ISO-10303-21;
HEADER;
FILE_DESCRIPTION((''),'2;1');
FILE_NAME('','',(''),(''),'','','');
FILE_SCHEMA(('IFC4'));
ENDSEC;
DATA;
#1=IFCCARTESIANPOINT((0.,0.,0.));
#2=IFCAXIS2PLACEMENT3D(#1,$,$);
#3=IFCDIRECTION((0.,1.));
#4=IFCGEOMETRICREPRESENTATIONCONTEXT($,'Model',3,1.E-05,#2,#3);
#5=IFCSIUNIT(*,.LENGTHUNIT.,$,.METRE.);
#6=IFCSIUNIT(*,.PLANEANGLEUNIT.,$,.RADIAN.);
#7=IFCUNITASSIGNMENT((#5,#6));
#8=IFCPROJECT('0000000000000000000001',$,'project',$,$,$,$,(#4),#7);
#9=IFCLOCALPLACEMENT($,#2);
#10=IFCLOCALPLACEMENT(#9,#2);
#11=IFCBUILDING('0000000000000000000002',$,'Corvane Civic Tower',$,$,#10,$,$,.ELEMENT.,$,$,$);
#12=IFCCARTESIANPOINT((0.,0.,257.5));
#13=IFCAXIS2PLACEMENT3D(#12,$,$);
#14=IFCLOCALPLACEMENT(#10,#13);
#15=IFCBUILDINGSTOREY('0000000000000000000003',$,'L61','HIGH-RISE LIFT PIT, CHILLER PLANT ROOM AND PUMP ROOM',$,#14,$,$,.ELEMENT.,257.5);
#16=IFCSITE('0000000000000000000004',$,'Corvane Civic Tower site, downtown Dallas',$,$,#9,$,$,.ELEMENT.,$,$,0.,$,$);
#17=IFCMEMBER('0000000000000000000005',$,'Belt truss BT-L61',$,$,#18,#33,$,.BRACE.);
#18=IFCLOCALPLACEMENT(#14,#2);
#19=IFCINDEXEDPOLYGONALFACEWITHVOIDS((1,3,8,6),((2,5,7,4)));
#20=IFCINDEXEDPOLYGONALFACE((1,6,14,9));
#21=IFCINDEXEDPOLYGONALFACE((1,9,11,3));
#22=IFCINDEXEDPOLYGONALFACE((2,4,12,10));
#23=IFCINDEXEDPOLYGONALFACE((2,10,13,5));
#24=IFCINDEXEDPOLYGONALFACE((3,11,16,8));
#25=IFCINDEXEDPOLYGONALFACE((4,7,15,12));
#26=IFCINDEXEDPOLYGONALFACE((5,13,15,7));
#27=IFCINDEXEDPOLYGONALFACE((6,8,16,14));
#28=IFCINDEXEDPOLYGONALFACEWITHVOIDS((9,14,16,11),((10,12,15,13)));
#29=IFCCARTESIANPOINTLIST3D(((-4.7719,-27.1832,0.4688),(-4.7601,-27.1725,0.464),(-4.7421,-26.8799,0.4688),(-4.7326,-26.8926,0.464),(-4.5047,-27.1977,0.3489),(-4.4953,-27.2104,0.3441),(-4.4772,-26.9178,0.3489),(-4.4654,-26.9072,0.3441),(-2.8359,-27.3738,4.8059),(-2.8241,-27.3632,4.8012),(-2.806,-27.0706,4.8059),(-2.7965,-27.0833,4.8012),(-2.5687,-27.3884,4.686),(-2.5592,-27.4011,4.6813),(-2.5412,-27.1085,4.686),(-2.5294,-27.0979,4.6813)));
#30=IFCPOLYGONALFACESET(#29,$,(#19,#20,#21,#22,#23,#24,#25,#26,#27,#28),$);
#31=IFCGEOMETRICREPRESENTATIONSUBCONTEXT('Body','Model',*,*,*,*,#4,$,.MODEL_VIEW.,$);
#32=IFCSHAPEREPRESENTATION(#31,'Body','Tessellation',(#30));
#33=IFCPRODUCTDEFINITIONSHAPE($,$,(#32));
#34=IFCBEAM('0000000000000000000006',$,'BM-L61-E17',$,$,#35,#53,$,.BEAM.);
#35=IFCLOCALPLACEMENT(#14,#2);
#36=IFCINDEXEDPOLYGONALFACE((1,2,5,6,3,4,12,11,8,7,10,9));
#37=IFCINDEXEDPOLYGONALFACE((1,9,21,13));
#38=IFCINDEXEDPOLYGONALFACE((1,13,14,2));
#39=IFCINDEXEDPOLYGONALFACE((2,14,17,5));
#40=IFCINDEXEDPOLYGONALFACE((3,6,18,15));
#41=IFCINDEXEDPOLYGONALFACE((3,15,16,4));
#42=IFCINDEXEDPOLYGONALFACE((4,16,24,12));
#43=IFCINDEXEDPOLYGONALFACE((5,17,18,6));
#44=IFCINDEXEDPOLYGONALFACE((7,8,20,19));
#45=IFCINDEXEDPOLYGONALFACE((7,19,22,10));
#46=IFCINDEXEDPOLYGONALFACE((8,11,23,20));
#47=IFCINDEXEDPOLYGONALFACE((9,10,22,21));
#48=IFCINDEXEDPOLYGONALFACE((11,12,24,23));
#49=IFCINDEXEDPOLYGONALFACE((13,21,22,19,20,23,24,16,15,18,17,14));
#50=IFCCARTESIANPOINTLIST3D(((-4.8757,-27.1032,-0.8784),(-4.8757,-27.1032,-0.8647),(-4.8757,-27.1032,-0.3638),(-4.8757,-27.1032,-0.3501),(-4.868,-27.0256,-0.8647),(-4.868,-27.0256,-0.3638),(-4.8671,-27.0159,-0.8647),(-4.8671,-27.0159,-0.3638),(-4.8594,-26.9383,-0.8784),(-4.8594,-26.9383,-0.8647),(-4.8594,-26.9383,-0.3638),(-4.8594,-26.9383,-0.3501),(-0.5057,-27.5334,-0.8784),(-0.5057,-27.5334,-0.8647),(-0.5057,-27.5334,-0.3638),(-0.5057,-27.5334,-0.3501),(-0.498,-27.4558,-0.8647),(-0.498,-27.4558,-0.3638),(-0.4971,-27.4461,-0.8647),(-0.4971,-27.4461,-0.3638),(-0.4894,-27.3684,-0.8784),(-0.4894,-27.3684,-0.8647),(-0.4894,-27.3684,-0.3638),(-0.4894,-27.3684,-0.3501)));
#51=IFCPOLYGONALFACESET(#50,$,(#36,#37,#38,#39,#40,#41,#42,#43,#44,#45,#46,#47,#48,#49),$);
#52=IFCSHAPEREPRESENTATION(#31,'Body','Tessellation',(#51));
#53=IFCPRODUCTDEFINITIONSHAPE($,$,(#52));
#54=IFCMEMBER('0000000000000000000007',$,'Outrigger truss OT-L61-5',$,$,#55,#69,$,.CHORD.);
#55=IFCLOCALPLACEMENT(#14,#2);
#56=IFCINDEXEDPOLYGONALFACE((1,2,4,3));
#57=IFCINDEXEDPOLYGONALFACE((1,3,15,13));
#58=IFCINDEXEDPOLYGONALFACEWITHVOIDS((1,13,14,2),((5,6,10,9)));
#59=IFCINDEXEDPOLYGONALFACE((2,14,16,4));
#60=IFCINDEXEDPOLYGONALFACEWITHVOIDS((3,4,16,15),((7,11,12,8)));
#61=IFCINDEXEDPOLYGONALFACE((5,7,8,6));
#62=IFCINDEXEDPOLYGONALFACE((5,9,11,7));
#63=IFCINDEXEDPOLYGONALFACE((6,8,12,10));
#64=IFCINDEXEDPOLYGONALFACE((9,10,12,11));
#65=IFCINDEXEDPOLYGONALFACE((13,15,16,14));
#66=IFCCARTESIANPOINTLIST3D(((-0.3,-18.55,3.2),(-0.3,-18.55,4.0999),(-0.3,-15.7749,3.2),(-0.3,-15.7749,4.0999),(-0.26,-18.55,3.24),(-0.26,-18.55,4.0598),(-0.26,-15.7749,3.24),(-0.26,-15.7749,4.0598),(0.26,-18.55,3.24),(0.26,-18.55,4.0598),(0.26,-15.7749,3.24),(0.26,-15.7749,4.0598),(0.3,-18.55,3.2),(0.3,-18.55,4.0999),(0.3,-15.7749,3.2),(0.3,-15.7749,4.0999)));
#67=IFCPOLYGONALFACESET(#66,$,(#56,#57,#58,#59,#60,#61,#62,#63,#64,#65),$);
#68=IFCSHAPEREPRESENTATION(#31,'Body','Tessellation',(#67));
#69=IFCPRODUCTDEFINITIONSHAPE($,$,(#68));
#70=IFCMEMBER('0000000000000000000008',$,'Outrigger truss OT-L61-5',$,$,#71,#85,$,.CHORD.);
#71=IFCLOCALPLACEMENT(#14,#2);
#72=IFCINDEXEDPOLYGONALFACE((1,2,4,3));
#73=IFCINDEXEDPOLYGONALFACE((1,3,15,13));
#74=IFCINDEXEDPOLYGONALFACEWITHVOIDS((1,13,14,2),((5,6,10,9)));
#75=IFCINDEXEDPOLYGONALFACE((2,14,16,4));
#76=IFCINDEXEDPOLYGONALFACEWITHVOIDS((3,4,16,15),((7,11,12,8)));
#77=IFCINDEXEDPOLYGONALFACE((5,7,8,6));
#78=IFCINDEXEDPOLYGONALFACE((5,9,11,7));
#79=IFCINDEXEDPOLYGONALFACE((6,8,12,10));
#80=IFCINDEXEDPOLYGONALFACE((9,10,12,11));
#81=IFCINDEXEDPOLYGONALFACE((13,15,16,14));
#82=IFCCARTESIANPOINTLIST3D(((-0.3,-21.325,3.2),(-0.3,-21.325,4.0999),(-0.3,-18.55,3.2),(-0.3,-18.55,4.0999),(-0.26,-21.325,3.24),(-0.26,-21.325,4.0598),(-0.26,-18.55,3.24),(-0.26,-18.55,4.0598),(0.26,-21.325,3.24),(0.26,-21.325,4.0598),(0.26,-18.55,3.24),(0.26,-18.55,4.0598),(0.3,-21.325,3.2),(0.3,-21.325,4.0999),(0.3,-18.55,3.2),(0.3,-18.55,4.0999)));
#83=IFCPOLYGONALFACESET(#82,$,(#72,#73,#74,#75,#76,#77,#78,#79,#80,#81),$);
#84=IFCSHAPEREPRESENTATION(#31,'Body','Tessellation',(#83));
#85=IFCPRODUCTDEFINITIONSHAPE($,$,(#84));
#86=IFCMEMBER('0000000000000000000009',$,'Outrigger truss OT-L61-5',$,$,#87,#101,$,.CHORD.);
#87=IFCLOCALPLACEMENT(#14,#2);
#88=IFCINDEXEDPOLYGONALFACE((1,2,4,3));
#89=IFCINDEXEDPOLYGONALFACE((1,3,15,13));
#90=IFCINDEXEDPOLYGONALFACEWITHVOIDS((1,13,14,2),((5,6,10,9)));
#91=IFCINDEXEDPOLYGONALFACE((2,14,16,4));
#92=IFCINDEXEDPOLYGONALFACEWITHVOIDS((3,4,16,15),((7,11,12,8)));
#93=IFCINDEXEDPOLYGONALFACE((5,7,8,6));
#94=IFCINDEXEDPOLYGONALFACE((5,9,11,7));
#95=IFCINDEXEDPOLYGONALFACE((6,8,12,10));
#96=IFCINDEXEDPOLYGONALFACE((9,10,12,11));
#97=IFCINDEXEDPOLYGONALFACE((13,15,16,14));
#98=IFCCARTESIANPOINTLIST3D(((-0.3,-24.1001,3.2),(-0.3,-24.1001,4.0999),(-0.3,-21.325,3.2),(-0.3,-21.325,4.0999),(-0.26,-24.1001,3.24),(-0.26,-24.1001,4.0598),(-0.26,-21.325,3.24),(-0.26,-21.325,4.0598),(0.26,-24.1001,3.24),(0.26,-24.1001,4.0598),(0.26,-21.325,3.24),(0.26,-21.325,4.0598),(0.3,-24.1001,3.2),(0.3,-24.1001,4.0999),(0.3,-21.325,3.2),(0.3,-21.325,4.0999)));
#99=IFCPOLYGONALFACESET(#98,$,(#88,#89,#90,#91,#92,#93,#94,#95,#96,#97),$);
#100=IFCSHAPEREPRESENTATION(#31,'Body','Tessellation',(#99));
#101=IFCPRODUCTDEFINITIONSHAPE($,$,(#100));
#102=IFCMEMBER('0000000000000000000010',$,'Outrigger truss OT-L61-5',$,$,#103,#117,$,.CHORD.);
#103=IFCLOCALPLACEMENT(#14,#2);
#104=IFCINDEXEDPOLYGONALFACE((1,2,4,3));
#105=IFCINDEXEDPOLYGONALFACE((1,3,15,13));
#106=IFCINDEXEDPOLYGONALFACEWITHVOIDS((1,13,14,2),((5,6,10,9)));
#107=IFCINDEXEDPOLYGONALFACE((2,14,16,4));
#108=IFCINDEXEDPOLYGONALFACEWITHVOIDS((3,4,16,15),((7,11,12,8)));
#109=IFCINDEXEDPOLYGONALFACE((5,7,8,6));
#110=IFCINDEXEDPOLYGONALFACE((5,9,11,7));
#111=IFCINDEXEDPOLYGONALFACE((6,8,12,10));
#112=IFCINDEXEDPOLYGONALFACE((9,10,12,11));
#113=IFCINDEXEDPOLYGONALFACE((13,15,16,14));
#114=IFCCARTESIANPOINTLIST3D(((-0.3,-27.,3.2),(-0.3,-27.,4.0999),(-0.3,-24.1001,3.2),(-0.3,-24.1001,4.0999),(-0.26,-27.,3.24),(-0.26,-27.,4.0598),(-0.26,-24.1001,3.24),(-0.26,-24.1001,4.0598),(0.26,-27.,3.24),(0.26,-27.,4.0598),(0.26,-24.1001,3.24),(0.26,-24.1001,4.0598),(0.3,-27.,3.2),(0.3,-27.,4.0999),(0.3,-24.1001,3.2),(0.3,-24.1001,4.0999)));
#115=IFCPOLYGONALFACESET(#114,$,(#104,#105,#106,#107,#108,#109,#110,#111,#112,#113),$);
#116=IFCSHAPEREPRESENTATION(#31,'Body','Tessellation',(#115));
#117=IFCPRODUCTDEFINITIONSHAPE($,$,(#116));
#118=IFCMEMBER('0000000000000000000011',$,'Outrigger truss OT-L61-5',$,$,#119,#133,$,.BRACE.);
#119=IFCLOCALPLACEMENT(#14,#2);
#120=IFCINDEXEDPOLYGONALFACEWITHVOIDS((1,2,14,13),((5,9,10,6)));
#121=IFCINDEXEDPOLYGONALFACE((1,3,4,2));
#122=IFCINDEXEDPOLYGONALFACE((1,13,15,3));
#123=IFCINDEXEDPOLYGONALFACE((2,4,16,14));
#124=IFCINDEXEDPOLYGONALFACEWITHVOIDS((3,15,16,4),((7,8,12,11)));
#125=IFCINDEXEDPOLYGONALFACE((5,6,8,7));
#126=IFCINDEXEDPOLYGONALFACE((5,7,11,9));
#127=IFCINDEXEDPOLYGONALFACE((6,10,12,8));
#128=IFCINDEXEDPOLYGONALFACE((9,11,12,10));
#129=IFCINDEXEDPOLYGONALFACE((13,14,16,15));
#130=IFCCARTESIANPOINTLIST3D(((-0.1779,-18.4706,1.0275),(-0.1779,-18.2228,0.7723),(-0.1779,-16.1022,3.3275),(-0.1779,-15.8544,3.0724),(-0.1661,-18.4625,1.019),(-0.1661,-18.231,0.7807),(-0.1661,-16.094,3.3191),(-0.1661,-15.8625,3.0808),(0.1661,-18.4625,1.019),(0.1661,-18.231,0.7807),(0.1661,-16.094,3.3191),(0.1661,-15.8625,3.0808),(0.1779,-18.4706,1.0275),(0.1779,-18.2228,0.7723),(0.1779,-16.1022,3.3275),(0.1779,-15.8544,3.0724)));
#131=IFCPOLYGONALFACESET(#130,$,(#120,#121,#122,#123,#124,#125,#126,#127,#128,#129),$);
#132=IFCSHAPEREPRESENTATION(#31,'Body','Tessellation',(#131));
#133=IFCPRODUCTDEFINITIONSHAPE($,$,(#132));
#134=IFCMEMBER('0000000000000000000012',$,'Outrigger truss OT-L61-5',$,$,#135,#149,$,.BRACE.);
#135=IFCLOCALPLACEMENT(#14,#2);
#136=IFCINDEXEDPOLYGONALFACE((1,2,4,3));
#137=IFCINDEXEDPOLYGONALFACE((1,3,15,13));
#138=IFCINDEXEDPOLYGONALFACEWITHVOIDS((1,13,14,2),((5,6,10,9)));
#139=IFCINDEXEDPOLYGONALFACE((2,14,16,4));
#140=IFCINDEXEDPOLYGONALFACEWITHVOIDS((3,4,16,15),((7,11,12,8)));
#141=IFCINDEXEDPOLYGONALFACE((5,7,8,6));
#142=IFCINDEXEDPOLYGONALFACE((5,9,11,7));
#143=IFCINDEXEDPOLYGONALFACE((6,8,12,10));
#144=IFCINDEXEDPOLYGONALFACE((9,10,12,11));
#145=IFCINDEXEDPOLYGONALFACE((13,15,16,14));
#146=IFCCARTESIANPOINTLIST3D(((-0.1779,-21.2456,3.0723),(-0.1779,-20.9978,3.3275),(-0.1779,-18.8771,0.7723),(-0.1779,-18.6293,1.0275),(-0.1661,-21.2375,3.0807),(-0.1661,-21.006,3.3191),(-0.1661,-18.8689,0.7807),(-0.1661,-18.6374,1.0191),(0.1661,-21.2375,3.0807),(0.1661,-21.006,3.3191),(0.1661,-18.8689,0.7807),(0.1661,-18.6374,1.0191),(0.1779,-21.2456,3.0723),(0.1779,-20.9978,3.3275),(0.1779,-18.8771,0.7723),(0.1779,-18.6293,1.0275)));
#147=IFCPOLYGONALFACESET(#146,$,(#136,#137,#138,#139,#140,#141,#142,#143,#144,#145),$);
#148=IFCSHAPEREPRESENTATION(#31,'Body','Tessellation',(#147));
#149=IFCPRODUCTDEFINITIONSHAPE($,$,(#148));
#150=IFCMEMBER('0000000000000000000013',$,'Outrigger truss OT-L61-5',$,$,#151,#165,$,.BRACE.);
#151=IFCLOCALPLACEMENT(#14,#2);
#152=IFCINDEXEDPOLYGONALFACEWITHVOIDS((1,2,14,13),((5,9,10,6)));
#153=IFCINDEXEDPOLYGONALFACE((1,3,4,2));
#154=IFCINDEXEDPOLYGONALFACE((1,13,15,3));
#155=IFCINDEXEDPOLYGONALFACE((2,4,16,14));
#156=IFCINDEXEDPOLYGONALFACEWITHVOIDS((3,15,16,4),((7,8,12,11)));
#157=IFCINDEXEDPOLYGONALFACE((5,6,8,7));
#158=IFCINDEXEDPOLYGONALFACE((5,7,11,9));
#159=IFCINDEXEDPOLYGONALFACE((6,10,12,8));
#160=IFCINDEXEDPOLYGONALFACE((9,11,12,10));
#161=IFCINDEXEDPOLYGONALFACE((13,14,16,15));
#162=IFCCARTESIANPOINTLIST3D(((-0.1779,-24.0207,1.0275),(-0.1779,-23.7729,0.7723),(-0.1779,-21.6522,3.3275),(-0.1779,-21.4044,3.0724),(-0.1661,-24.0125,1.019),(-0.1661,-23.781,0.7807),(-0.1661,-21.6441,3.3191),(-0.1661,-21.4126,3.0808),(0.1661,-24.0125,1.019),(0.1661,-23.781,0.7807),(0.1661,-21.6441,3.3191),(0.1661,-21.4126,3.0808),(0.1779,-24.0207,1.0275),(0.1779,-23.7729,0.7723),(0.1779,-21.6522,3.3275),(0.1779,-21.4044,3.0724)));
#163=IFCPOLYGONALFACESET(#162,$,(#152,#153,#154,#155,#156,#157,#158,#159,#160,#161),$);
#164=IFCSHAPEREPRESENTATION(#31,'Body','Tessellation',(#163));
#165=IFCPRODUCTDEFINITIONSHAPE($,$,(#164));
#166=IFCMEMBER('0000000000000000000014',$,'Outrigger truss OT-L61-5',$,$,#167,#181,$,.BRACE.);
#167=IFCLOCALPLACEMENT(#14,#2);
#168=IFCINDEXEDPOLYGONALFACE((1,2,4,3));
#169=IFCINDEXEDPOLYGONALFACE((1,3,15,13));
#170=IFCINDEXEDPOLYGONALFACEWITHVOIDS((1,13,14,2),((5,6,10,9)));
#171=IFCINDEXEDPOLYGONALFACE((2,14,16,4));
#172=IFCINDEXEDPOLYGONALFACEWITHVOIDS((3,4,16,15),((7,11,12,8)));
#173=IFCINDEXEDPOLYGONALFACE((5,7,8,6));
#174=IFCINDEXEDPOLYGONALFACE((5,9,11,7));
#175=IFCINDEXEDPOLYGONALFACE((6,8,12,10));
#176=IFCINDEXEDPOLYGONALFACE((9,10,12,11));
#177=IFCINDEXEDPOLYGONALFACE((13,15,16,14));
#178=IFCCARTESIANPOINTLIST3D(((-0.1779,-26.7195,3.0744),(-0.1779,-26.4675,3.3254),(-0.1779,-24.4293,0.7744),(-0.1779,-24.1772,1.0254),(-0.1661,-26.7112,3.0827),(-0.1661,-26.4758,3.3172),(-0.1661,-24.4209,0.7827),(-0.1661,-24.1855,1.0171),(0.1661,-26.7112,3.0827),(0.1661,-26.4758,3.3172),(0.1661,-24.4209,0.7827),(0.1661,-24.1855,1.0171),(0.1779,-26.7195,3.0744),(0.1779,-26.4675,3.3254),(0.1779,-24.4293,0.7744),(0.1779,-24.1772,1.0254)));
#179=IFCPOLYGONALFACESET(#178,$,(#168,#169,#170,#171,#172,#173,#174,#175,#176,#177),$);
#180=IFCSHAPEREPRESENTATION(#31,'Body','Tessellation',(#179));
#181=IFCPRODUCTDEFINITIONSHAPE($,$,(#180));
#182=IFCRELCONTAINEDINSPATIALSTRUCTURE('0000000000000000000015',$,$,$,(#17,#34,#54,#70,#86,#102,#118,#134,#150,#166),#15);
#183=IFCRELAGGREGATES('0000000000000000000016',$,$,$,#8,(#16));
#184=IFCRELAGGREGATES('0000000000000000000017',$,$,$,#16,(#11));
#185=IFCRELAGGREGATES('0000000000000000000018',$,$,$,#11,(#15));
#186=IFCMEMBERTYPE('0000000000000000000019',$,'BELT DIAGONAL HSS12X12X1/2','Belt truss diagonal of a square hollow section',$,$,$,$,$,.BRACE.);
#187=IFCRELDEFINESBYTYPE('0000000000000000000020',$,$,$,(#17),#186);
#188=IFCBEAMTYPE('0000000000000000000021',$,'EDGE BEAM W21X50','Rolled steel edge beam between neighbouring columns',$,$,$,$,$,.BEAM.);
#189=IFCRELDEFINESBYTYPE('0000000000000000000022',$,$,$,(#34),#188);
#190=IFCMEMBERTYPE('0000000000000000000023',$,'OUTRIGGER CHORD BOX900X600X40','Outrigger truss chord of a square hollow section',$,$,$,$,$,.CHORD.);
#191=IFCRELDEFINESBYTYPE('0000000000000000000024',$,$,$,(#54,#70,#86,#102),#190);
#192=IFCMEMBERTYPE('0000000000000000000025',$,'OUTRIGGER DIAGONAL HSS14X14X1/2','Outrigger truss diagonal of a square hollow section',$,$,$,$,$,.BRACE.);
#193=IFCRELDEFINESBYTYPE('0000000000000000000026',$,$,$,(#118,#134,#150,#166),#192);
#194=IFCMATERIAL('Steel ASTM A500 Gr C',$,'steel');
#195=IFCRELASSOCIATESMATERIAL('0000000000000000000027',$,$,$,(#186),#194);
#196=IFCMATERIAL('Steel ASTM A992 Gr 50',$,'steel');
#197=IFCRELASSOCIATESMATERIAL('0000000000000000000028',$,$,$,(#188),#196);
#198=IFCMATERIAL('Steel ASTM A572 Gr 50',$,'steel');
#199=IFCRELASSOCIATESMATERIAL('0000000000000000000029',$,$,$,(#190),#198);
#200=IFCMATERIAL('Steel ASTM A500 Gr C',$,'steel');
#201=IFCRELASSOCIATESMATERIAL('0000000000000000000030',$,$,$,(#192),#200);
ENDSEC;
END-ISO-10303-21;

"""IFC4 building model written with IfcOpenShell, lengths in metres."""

from ifc_helpers import new_model, si_unit, direction, frame, origin, origin_2d, place, context, subcontext, project, spatial, hollow_rectangle, i_section, extrude, material, material_profile, profile_set, type_object, element, save


model = new_model("IFC4")

# Units and contexts
model_context = context("Model", 3, precision=1e-05, world=origin(), true_north=direction((0.0, 1.0)))
body_context = subcontext(model_context, "Body", "Model", "MODEL_VIEW")
ifc_project = project(units=[si_unit("LENGTHUNIT", "METRE"), si_unit("PLANEANGLEUNIT", "RADIAN")], contexts=[model_context])

# Site, building, storey
site_placement = place(None, origin())
site = spatial("IfcSite", under=ifc_project, at=site_placement, Name="Corvane Civic Tower site, downtown Dallas", CompositionType="ELEMENT", RefElevation=0.0)
building_placement = place(site_placement, origin())
building = spatial("IfcBuilding", under=site, at=building_placement, Name="Corvane Civic Tower", CompositionType="ELEMENT")
storey_placement = place(building_placement, frame((0.0, 0.0, 257.5)))
storey = spatial("IfcBuildingStorey", under=building, at=storey_placement, Name="L61", Description="HIGH-RISE LIFT PIT, CHILLER PLANT ROOM AND PUMP ROOM", CompositionType="ELEMENT", Elevation=257.5)

# Member
ifc_material_1 = material(Name="Steel ASTM A500 Gr C", Category="steel")
ifc_material_profile_1 = material_profile(ifc_material_1, hollow_rectangle(XDim=0.3047, YDim=0.3047, WallThickness=0.0117, at=origin_2d()), Name="HSS12X12X1/2")
ifc_profile_set_1 = profile_set([ifc_material_profile_1], Name="Steel ASTM A500 Gr C")
member_type_1 = type_object("IfcMemberType", Name="BELT DIAGONAL HSS12X12X1/2", Description="Belt truss diagonal of a square hollow section", PredefinedType="BRACE", material=ifc_profile_set_1)
member_1_placement = place(storey_placement, frame((-4.6187, -27.0452, 0.4065), z_axis=(0.407288, -0.040113, 0.912418), x_axis=(0.098013, 0.995185, 0.0)))
element("IfcMember", 1, at=member_1_placement, inside=storey, type_object=member_type_1, Name="Belt truss BT-L61", PredefinedType="BRACE", context=body_context, shape_type="SweptSolid", body=[
    extrude(hollow_rectangle(XDim=0.3047, YDim=0.3047, WallThickness=0.0117, at=origin_2d()), origin(), (0.0, 0.0, 1.0), 4.7534),
])

# Beam
ifc_material_2 = material(Name="Steel ASTM A992 Gr 50", Category="steel")
ifc_material_profile_2 = material_profile(ifc_material_2, i_section(OverallWidth=0.1658, OverallDepth=0.5283, WebThickness=0.0098, FlangeThickness=0.0137, at=origin_2d()), Name="W21X50")
ifc_profile_set_2 = profile_set([ifc_material_profile_2], Name="Steel ASTM A992 Gr 50")
beam_type = type_object("IfcBeamType", Name="EDGE BEAM W21X50", Description="Rolled steel edge beam between neighbouring columns", PredefinedType="BEAM", material=ifc_profile_set_2)
beam_placement = place(storey_placement, frame((-0.4976, -27.4509, -0.6143), z_axis=(-0.99519, 0.097968, 0.0), x_axis=(-0.097968, -0.99519, 0.0)))
element("IfcBeam", 2, at=beam_placement, inside=storey, type_object=beam_type, Name="BM-L61-E17", PredefinedType="BEAM", context=body_context, shape_type="SweptSolid", body=[
    extrude(i_section(OverallWidth=0.1658, OverallDepth=0.5283, WebThickness=0.0098, FlangeThickness=0.0137, at=origin_2d()), origin(), (0.0, 0.0, 1.0), 4.3911),
])

# Members
ifc_material_3 = material(Name="Steel ASTM A572 Gr 50", Category="steel")
ifc_material_profile_3 = material_profile(ifc_material_3, hollow_rectangle(XDim=0.6001, YDim=0.8999, WallThickness=0.04, at=origin_2d()), Name="BOX900X600X40")
ifc_profile_set_3 = profile_set([ifc_material_profile_3], Name="Steel ASTM A572 Gr 50")
member_type_2 = type_object("IfcMemberType", Name="OUTRIGGER CHORD BOX900X600X40", Description="Outrigger truss chord of a square hollow section", PredefinedType="CHORD", material=ifc_profile_set_3)
member_2_placement = place(storey_placement, frame((0.0, -15.7749, 3.6499), z_axis=(0.0, -1.0, 0.0), x_axis=(1.0, 0.0, 0.0)))
element("IfcMember", 3, at=member_2_placement, inside=storey, type_object=member_type_2, Name="Outrigger truss OT-L61-5", PredefinedType="CHORD", context=body_context, shape_type="SweptSolid", body=[
    extrude(hollow_rectangle(XDim=0.6001, YDim=0.8999, WallThickness=0.04, at=origin_2d()), origin(), (0.0, 0.0, 1.0), 2.7751),
])
member_3_placement = place(storey_placement, frame((0.0, -18.55, 3.6499), z_axis=(0.0, -1.0, 0.0), x_axis=(1.0, 0.0, 0.0)))
element("IfcMember", 4, at=member_3_placement, inside=storey, type_object=member_type_2, Name="Outrigger truss OT-L61-5", PredefinedType="CHORD", context=body_context, shape_type="SweptSolid", body=[
    extrude(hollow_rectangle(XDim=0.6001, YDim=0.8999, WallThickness=0.04, at=origin_2d()), origin(), (0.0, 0.0, 1.0), 2.7749),
])
member_4_placement = place(storey_placement, frame((0.0, -21.325, 3.6499), z_axis=(0.0, -1.0, 0.0), x_axis=(1.0, 0.0, 0.0)))
element("IfcMember", 5, at=member_4_placement, inside=storey, type_object=member_type_2, Name="Outrigger truss OT-L61-5", PredefinedType="CHORD", context=body_context, shape_type="SweptSolid", body=[
    extrude(hollow_rectangle(XDim=0.6001, YDim=0.8999, WallThickness=0.04, at=origin_2d()), origin(), (0.0, 0.0, 1.0), 2.7751),
])
member_5_placement = place(storey_placement, frame((0.0, -24.1001, 3.6499), z_axis=(0.0, -1.0, 0.0), x_axis=(1.0, 0.0, 0.0)))
element("IfcMember", 6, at=member_5_placement, inside=storey, type_object=member_type_2, Name="Outrigger truss OT-L61-5", PredefinedType="CHORD", context=body_context, shape_type="SweptSolid", body=[
    extrude(hollow_rectangle(XDim=0.6001, YDim=0.8999, WallThickness=0.04, at=origin_2d()), origin(), (0.0, 0.0, 1.0), 2.8999),
])
ifc_material_4 = material(Name="Steel ASTM A500 Gr C", Category="steel")
ifc_material_profile_4 = material_profile(ifc_material_4, hollow_rectangle(XDim=0.3557, YDim=0.3557, WallThickness=0.0117, at=origin_2d()), Name="HSS14X14X1/2")
ifc_profile_set_4 = profile_set([ifc_material_profile_4], Name="Steel ASTM A500 Gr C")
member_type_3 = type_object("IfcMemberType", Name="OUTRIGGER DIAGONAL HSS14X14X1/2", Description="Outrigger truss diagonal of a square hollow section", PredefinedType="BRACE", material=ifc_profile_set_4)
for number, where, z_axis, x_axis, name in (
    (7, (0.0, -15.9783, 3.2), (0.0, -0.717384, -0.696678), (1.0, 0.0, 0.0), "Outrigger truss OT-L61-5"),
    (8, (0.0, -18.7532, 0.8999), (0.0, -0.71742, 0.696641), (1.0, 0.0, 0.0), "Outrigger truss OT-L61-5"),
    (9, (0.0, -21.5283, 3.2), (0.0, -0.717384, -0.696678), (1.0, 0.0, 0.0), "Outrigger truss OT-L61-5"),
):
    element("IfcMember", number, at=place(storey_placement, frame(where, z_axis=z_axis, x_axis=x_axis)), inside=storey, type_object=member_type_3, Name=name, PredefinedType="BRACE", context=body_context, shape_type="SweptSolid", body=[
        extrude(hollow_rectangle(XDim=0.3557, YDim=0.3557, WallThickness=0.0117, at=origin_2d()), origin(), (0.0, 0.0, 1.0), 3.3015),
    ])
member_6_placement = place(storey_placement, frame((0.0, -24.3032, 0.8999), z_axis=(0.0, -0.705601, 0.70861), x_axis=(1.0, 0.0, 0.0)))
element("IfcMember", 10, at=member_6_placement, inside=storey, type_object=member_type_3, Name="Outrigger truss OT-L61-5", PredefinedType="BRACE", context=body_context, shape_type="SweptSolid", body=[
    extrude(hollow_rectangle(XDim=0.3557, YDim=0.3557, WallThickness=0.0117, at=origin_2d()), origin(), (0.0, 0.0, 1.0), 3.2458),
])

save(model, "model.ifc")
